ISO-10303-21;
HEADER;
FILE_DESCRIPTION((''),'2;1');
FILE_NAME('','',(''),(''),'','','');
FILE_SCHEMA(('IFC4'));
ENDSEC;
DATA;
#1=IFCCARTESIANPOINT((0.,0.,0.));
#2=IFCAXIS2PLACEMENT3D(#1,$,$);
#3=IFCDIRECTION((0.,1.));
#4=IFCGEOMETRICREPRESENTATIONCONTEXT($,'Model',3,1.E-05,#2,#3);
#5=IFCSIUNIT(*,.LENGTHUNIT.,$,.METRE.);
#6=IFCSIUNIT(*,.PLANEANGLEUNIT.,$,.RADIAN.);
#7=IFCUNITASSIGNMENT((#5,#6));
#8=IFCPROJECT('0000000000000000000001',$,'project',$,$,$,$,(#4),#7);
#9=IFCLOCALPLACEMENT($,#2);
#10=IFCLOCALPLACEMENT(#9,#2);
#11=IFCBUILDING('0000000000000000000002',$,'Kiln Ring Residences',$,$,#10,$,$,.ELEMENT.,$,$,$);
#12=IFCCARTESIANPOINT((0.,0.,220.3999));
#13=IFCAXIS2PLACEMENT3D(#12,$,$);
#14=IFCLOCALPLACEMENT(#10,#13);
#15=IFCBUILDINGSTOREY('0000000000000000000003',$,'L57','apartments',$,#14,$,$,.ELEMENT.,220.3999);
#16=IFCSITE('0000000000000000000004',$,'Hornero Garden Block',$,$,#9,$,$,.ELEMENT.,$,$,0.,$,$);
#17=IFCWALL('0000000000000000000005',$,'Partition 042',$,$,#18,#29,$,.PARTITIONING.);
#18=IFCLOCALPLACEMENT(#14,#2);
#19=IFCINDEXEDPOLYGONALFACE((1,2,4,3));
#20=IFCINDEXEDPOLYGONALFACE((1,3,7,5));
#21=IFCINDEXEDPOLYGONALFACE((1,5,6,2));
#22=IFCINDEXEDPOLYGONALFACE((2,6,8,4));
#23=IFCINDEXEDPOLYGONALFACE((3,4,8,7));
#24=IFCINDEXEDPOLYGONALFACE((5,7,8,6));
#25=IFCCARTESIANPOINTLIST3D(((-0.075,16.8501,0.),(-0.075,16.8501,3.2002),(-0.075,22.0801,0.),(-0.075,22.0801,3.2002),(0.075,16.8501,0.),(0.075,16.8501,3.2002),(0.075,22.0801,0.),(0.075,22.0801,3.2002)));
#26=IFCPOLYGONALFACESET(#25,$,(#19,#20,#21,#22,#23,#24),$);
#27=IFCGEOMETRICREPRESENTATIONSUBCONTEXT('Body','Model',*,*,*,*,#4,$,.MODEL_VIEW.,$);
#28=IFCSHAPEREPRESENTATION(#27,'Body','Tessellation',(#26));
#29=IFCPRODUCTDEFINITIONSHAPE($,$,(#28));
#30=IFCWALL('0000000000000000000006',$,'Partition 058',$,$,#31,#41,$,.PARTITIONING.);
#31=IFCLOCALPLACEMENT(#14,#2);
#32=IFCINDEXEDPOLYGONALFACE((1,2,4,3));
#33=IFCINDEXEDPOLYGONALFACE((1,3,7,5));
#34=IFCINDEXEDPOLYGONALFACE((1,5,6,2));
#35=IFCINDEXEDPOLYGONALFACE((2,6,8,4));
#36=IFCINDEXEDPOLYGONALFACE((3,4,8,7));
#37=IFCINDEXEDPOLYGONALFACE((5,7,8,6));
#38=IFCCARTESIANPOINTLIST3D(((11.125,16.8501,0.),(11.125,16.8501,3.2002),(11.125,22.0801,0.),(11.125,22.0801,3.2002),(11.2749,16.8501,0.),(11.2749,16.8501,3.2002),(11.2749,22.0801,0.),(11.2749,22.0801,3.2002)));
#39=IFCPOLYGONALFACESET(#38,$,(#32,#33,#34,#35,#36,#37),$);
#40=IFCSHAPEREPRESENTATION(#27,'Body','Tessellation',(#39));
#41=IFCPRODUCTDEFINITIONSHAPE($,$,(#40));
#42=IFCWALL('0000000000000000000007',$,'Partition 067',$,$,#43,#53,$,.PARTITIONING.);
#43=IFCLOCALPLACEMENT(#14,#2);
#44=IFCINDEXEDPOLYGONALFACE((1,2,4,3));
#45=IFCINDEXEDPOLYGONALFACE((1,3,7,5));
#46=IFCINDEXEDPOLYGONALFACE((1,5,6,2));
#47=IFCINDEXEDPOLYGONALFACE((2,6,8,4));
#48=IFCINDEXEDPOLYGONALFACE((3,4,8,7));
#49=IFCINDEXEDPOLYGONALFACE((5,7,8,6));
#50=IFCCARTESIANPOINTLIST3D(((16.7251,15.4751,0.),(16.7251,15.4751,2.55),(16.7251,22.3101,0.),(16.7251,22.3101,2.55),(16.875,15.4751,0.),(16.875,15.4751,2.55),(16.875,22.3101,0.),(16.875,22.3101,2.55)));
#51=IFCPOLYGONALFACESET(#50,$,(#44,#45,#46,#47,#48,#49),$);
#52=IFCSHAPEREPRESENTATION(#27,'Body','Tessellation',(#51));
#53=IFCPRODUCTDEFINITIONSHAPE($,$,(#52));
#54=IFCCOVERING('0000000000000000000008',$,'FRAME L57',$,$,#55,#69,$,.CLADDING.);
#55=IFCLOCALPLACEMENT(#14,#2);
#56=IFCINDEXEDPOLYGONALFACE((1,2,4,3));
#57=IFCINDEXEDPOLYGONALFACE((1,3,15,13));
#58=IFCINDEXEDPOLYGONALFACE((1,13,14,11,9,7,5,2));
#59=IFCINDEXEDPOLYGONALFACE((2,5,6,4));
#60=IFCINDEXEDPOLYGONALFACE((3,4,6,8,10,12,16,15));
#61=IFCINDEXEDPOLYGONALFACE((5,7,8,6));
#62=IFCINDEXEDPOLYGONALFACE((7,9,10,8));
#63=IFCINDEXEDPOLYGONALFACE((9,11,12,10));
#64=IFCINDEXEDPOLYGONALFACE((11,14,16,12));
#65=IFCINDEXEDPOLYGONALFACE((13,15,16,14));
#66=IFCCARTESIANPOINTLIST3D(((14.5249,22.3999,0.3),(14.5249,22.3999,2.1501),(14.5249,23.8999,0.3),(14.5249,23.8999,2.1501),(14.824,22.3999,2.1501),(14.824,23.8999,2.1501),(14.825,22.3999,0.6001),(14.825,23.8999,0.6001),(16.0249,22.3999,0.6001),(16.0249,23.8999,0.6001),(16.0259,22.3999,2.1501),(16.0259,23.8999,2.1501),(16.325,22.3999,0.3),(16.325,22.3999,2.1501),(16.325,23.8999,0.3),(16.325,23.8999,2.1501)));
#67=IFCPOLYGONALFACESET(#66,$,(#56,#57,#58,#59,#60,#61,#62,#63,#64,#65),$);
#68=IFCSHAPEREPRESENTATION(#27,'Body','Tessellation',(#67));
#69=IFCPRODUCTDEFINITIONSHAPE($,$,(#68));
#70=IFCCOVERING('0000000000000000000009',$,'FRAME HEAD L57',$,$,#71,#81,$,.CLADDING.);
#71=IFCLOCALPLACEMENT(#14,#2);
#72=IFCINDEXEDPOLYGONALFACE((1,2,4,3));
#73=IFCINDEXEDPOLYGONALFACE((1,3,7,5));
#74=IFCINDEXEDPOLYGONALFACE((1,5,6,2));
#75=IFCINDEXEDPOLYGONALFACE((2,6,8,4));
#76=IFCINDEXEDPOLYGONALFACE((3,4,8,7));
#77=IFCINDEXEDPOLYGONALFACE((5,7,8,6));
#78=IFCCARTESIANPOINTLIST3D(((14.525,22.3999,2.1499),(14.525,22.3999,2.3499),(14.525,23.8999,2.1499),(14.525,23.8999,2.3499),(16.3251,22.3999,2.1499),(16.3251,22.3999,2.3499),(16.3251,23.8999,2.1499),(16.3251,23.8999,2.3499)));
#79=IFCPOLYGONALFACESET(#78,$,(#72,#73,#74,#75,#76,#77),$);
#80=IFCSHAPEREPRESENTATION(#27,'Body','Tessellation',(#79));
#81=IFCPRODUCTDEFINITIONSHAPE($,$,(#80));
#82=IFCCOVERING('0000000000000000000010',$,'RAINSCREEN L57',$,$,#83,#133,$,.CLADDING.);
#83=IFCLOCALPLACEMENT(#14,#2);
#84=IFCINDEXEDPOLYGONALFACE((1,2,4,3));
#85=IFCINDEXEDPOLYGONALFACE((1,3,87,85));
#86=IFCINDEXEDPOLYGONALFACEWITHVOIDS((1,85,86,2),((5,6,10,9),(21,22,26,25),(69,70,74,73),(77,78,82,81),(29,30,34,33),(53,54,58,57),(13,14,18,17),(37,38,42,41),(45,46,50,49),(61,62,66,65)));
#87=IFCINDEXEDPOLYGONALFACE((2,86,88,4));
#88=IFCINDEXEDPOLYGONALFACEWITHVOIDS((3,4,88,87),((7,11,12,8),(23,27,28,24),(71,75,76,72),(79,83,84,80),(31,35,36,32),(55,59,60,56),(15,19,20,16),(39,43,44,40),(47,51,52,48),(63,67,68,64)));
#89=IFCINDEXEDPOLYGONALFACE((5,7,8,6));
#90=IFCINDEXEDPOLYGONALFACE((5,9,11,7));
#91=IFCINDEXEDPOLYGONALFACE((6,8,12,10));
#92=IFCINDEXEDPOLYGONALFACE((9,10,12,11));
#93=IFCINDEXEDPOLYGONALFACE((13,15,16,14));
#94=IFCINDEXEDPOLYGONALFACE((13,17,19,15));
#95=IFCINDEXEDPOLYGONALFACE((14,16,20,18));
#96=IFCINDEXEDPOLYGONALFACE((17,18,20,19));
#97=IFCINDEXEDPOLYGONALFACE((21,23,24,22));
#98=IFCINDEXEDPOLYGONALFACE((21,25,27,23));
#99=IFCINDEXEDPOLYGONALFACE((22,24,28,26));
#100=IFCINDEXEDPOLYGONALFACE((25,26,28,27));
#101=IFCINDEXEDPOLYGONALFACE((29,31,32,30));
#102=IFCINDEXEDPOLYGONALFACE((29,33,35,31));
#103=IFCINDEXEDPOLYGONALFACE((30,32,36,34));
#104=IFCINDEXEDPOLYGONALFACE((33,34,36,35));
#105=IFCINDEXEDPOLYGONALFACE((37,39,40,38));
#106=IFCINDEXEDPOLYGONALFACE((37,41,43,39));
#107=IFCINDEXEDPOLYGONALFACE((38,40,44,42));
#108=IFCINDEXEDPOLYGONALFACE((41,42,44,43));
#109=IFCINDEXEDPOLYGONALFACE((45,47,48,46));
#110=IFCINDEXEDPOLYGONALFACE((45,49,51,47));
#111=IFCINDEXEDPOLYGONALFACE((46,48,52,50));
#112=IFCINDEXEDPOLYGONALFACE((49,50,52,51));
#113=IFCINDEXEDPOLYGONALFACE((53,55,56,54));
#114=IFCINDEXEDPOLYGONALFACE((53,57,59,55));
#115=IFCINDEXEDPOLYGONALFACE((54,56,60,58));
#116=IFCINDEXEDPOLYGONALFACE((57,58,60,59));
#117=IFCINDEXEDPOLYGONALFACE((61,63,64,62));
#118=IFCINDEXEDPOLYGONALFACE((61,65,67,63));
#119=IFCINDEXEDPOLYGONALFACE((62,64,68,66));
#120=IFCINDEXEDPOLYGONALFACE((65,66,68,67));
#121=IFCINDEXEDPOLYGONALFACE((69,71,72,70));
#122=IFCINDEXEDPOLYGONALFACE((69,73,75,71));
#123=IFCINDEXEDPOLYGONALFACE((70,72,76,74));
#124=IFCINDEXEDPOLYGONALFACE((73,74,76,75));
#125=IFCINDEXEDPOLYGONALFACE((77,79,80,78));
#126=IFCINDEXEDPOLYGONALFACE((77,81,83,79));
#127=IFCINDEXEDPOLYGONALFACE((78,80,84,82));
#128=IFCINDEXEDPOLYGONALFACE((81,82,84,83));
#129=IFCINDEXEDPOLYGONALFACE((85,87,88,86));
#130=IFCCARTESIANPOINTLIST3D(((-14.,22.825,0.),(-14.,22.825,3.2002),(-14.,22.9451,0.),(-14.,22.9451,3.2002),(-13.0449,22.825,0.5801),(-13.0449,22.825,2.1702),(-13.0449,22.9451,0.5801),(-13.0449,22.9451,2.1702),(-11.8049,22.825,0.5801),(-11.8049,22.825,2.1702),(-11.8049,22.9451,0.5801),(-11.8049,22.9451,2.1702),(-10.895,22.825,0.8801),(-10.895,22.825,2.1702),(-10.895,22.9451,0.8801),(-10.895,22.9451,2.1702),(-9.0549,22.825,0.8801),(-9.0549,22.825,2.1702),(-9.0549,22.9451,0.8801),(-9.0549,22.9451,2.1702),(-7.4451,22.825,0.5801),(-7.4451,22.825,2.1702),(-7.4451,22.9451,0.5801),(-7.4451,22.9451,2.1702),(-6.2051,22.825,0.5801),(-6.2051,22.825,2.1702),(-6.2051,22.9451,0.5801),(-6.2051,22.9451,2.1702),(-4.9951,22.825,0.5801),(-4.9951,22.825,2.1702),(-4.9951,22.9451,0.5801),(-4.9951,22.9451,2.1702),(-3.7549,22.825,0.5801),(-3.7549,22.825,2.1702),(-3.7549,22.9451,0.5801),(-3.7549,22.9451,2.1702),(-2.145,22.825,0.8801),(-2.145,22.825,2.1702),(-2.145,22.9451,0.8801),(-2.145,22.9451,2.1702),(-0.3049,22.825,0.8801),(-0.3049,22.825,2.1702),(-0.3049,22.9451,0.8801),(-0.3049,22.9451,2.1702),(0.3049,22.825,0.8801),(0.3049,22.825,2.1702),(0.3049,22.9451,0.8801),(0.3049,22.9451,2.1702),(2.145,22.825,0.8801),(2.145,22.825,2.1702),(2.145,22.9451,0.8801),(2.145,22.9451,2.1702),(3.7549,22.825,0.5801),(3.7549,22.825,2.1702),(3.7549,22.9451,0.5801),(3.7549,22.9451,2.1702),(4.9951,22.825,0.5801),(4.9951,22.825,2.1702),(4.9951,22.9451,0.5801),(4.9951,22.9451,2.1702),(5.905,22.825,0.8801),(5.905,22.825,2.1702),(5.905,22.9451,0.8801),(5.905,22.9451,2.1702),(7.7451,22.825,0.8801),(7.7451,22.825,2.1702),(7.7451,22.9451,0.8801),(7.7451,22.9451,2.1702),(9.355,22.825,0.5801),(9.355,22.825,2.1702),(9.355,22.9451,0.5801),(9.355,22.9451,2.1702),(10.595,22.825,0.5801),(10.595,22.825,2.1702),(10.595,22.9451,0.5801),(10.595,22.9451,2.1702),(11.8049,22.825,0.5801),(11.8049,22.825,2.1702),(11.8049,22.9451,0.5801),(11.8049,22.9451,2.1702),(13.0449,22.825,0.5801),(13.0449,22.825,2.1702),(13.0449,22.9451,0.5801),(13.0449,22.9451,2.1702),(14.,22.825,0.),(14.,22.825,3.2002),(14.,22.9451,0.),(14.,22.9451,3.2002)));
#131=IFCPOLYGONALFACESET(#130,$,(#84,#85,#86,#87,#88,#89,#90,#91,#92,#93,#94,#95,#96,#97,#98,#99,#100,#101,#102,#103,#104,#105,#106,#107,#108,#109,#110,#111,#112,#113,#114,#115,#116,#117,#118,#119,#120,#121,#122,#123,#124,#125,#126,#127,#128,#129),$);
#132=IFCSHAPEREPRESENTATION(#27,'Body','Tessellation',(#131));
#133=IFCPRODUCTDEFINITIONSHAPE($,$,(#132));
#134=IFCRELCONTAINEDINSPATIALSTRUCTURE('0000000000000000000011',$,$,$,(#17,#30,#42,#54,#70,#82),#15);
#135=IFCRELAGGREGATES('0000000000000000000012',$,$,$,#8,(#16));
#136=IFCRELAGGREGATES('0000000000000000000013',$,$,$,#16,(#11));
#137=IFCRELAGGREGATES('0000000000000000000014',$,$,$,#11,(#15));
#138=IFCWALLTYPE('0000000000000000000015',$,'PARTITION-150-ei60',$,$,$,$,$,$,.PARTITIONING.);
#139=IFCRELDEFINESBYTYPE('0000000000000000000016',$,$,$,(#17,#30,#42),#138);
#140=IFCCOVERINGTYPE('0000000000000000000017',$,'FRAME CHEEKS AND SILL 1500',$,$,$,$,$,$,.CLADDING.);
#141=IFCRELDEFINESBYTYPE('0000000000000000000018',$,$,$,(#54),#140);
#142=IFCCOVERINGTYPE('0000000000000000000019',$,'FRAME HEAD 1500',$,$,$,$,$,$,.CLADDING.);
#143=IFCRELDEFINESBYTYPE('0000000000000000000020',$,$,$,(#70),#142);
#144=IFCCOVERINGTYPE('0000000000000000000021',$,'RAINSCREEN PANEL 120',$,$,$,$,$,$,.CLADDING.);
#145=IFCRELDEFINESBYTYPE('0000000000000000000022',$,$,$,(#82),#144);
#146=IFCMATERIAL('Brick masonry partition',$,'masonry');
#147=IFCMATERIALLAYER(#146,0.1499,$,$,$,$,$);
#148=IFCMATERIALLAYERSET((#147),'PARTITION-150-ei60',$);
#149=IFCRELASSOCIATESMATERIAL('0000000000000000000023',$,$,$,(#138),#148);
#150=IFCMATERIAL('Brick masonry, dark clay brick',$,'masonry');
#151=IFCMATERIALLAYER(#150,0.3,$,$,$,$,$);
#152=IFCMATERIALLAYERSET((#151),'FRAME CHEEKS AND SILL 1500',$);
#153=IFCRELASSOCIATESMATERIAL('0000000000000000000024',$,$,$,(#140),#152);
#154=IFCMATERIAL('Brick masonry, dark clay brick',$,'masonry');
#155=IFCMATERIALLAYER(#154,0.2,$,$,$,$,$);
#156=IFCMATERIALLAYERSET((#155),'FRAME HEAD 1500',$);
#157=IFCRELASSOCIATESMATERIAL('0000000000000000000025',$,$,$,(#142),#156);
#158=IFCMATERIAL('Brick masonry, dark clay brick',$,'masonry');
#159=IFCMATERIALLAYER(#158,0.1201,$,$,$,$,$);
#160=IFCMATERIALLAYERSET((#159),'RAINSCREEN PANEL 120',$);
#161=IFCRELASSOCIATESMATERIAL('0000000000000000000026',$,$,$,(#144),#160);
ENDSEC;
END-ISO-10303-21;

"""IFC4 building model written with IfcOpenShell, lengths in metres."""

from ifc_helpers import new_model, si_unit, direction, frame, frame_2d, origin, origin_2d, place, context, subcontext, project, spatial, polyline, rectangle, outline, extrude, material, layer, layer_set, type_object, element, save


model = new_model("IFC4")

# Units and contexts
model_context = context("Model", 3, precision=1e-05, world=origin(), true_north=direction((0.0, 1.0)))
body_context = subcontext(model_context, "Body", "Model", "MODEL_VIEW")
ifc_project = project(units=[si_unit("LENGTHUNIT", "METRE"), si_unit("PLANEANGLEUNIT", "RADIAN")], contexts=[model_context])

# Site, building, storey
site_placement = place(None, origin())
site = spatial("IfcSite", under=ifc_project, at=site_placement, Name="Hornero Garden Block", CompositionType="ELEMENT", RefElevation=0.0)
building_placement = place(site_placement, origin())
building = spatial("IfcBuilding", under=site, at=building_placement, Name="Kiln Ring Residences", CompositionType="ELEMENT")
storey_placement = place(building_placement, frame((0.0, 0.0, 220.3999)))
storey = spatial("IfcBuildingStorey", under=building, at=storey_placement, Name="L57", Description="apartments", CompositionType="ELEMENT", Elevation=220.3999)

# Walls
ifc_material_1 = material(Name="Brick masonry partition", Category="masonry")
ifc_layer_1 = layer(ifc_material_1, 0.1499)
ifc_layer_set_1 = layer_set([ifc_layer_1], Name="PARTITION-150-ei60")
wall_type_1 = type_object("IfcWallType", Name="PARTITION-150-ei60", PredefinedType="PARTITIONING", material=ifc_layer_set_1)
for number, where, z_axis, x_axis, name in (
    (1, (0.0, 16.8501, 0.0), (0.0, 0.0, 1.0), (0.0, 1.0, 0.0), "Partition 042"),
    (2, (11.2, 16.8501, 0.0), (0.0, 0.0, 1.0), (0.0, 1.0, 0.0), "Partition 058"),
):
    element("IfcWall", number, at=place(storey_placement, frame(where, z_axis=z_axis, x_axis=x_axis)), inside=storey, type_object=wall_type_1, Name=name, PredefinedType="PARTITIONING", context=body_context, shape_type="SweptSolid", body=[
        extrude(rectangle(XDim=5.23, YDim=0.1499, at=frame_2d((2.615, 0.0))), origin(), (0.0, 0.0, 1.0), 3.2002),
    ])
wall_1_placement = place(storey_placement, frame((16.8, 15.4751, 0.0), z_axis=(0.0, 0.0, 1.0), x_axis=(0.0, 1.0, 0.0)))
element("IfcWall", 3, at=wall_1_placement, inside=storey, type_object=wall_type_1, Name="Partition 067", PredefinedType="PARTITIONING", context=body_context, shape_type="SweptSolid", body=[
    extrude(rectangle(XDim=6.835, YDim=0.1499, at=frame_2d((3.4175, 0.0))), origin(), (0.0, 0.0, 1.0), 2.55),
])

# Coverings
ifc_material_2 = material(Name="Brick masonry, dark clay brick", Category="masonry")
ifc_layer_2 = layer(ifc_material_2, 0.3)
ifc_layer_set_2 = layer_set([ifc_layer_2], Name="FRAME CHEEKS AND SILL 1500")
covering_type_1 = type_object("IfcCoveringType", Name="FRAME CHEEKS AND SILL 1500", PredefinedType="CLADDING", material=ifc_layer_set_2)
covering_1_placement = place(storey_placement, frame((16.325, 23.1499, 0.3), z_axis=(0.0, 0.0, 1.0), x_axis=(-1.0, 0.0, 0.0)))
element("IfcCovering", 4, at=covering_1_placement, inside=storey, type_object=covering_type_1, Name="FRAME L57", PredefinedType="CLADDING", context=body_context, shape_type="SweptSolid", body=[
    extrude(outline(polyline([(0.0, 0.0), (1.8, 0.0), (1.8, 1.8501), (1.501, 1.8501), (1.5, 0.3), (0.3, 0.3), (0.2991, 1.8501), (0.0, 1.8501), (0.0, 0.0)])), frame((0.0, 0.75, 0.0), z_axis=(0.0, -1.0, 0.0), x_axis=(1.0, 0.0, 0.0)), (0.0, 0.0, 1.0), 1.5),
])
ifc_material_3 = material(Name="Brick masonry, dark clay brick", Category="masonry")
ifc_layer_3 = layer(ifc_material_3, 0.2)
ifc_layer_set_3 = layer_set([ifc_layer_3], Name="FRAME HEAD 1500")
covering_type_2 = type_object("IfcCoveringType", Name="FRAME HEAD 1500", PredefinedType="CLADDING", material=ifc_layer_set_3)
covering_2_placement = place(storey_placement, frame((15.425, 23.1499, 2.1499), z_axis=(0.0, 0.0, 1.0), x_axis=(-1.0, 0.0, 0.0)))
element("IfcCovering", 5, at=covering_2_placement, inside=storey, type_object=covering_type_2, Name="FRAME HEAD L57", PredefinedType="CLADDING", context=body_context, shape_type="SweptSolid", body=[
    extrude(rectangle(XDim=1.8, YDim=1.5, at=origin_2d()), origin(), (0.0, 0.0, 1.0), 0.2),
])
ifc_material_4 = material(Name="Brick masonry, dark clay brick", Category="masonry")
ifc_layer_4 = layer(ifc_material_4, 0.1201)
ifc_layer_set_4 = layer_set([ifc_layer_4], Name="RAINSCREEN PANEL 120")
covering_type_3 = type_object("IfcCoveringType", Name="RAINSCREEN PANEL 120", PredefinedType="CLADDING", material=ifc_layer_set_4)
covering_3_placement = place(storey_placement, frame((14.0, 22.885, 0.0), z_axis=(0.0, 0.0, 1.0), x_axis=(-1.0, 0.0, 0.0)))
element("IfcCovering", 6, at=covering_3_placement, inside=storey, type_object=covering_type_3, Name="RAINSCREEN L57", PredefinedType="CLADDING", context=body_context, shape_type="SweptSolid", body=[
    extrude(outline(polyline([(0.0, 0.0), (28.0, 0.0), (28.0, 3.2002), (0.0, 3.2002), (0.0, 0.0)]), holes=[polyline([(0.9551, 0.5801), (2.1951, 0.5801), (2.1951, 2.1702), (0.9551, 2.1702), (0.9551, 0.5801)]), polyline([(3.405, 0.5801), (4.645, 0.5801), (4.645, 2.1702), (3.405, 2.1702), (3.405, 0.5801)]), polyline([(9.0049, 0.5801), (10.2451, 0.5801), (10.2451, 2.1702), (9.0049, 2.1702), (9.0049, 0.5801)]), polyline([(17.7549, 2.1702), (17.7549, 0.5801), (18.9951, 0.5801), (18.9951, 2.1702), (17.7549, 2.1702)]), polyline([(20.2051, 2.1702), (20.2051, 0.5801), (21.4451, 0.5801), (21.4451, 2.1702), (20.2051, 2.1702)]), polyline([(25.8049, 0.5801), (27.0449, 0.5801), (27.0449, 2.1702), (25.8049, 2.1702), (25.8049, 0.5801)]), polyline([(6.2549, 0.8801), (8.095, 0.8801), (8.095, 2.1702), (6.2549, 2.1702), (6.2549, 0.8801)]), polyline([(11.855, 0.8801), (13.6951, 0.8801), (13.6951, 2.1702), (11.855, 2.1702), (11.855, 0.8801)]), polyline([(14.3049, 2.1702), (14.3049, 0.8801), (16.145, 0.8801), (16.145, 2.1702), (14.3049, 2.1702)]), polyline([(23.0549, 2.1702), (23.0549, 0.8801), (24.895, 0.8801), (24.895, 2.1702), (23.0549, 2.1702)])]), frame((0.0, 0.0601, 0.0), z_axis=(0.0, -1.0, 0.0), x_axis=(1.0, 0.0, 0.0)), (0.0, 0.0, 1.0), 0.1201),
])

save(model, "model.ifc")
